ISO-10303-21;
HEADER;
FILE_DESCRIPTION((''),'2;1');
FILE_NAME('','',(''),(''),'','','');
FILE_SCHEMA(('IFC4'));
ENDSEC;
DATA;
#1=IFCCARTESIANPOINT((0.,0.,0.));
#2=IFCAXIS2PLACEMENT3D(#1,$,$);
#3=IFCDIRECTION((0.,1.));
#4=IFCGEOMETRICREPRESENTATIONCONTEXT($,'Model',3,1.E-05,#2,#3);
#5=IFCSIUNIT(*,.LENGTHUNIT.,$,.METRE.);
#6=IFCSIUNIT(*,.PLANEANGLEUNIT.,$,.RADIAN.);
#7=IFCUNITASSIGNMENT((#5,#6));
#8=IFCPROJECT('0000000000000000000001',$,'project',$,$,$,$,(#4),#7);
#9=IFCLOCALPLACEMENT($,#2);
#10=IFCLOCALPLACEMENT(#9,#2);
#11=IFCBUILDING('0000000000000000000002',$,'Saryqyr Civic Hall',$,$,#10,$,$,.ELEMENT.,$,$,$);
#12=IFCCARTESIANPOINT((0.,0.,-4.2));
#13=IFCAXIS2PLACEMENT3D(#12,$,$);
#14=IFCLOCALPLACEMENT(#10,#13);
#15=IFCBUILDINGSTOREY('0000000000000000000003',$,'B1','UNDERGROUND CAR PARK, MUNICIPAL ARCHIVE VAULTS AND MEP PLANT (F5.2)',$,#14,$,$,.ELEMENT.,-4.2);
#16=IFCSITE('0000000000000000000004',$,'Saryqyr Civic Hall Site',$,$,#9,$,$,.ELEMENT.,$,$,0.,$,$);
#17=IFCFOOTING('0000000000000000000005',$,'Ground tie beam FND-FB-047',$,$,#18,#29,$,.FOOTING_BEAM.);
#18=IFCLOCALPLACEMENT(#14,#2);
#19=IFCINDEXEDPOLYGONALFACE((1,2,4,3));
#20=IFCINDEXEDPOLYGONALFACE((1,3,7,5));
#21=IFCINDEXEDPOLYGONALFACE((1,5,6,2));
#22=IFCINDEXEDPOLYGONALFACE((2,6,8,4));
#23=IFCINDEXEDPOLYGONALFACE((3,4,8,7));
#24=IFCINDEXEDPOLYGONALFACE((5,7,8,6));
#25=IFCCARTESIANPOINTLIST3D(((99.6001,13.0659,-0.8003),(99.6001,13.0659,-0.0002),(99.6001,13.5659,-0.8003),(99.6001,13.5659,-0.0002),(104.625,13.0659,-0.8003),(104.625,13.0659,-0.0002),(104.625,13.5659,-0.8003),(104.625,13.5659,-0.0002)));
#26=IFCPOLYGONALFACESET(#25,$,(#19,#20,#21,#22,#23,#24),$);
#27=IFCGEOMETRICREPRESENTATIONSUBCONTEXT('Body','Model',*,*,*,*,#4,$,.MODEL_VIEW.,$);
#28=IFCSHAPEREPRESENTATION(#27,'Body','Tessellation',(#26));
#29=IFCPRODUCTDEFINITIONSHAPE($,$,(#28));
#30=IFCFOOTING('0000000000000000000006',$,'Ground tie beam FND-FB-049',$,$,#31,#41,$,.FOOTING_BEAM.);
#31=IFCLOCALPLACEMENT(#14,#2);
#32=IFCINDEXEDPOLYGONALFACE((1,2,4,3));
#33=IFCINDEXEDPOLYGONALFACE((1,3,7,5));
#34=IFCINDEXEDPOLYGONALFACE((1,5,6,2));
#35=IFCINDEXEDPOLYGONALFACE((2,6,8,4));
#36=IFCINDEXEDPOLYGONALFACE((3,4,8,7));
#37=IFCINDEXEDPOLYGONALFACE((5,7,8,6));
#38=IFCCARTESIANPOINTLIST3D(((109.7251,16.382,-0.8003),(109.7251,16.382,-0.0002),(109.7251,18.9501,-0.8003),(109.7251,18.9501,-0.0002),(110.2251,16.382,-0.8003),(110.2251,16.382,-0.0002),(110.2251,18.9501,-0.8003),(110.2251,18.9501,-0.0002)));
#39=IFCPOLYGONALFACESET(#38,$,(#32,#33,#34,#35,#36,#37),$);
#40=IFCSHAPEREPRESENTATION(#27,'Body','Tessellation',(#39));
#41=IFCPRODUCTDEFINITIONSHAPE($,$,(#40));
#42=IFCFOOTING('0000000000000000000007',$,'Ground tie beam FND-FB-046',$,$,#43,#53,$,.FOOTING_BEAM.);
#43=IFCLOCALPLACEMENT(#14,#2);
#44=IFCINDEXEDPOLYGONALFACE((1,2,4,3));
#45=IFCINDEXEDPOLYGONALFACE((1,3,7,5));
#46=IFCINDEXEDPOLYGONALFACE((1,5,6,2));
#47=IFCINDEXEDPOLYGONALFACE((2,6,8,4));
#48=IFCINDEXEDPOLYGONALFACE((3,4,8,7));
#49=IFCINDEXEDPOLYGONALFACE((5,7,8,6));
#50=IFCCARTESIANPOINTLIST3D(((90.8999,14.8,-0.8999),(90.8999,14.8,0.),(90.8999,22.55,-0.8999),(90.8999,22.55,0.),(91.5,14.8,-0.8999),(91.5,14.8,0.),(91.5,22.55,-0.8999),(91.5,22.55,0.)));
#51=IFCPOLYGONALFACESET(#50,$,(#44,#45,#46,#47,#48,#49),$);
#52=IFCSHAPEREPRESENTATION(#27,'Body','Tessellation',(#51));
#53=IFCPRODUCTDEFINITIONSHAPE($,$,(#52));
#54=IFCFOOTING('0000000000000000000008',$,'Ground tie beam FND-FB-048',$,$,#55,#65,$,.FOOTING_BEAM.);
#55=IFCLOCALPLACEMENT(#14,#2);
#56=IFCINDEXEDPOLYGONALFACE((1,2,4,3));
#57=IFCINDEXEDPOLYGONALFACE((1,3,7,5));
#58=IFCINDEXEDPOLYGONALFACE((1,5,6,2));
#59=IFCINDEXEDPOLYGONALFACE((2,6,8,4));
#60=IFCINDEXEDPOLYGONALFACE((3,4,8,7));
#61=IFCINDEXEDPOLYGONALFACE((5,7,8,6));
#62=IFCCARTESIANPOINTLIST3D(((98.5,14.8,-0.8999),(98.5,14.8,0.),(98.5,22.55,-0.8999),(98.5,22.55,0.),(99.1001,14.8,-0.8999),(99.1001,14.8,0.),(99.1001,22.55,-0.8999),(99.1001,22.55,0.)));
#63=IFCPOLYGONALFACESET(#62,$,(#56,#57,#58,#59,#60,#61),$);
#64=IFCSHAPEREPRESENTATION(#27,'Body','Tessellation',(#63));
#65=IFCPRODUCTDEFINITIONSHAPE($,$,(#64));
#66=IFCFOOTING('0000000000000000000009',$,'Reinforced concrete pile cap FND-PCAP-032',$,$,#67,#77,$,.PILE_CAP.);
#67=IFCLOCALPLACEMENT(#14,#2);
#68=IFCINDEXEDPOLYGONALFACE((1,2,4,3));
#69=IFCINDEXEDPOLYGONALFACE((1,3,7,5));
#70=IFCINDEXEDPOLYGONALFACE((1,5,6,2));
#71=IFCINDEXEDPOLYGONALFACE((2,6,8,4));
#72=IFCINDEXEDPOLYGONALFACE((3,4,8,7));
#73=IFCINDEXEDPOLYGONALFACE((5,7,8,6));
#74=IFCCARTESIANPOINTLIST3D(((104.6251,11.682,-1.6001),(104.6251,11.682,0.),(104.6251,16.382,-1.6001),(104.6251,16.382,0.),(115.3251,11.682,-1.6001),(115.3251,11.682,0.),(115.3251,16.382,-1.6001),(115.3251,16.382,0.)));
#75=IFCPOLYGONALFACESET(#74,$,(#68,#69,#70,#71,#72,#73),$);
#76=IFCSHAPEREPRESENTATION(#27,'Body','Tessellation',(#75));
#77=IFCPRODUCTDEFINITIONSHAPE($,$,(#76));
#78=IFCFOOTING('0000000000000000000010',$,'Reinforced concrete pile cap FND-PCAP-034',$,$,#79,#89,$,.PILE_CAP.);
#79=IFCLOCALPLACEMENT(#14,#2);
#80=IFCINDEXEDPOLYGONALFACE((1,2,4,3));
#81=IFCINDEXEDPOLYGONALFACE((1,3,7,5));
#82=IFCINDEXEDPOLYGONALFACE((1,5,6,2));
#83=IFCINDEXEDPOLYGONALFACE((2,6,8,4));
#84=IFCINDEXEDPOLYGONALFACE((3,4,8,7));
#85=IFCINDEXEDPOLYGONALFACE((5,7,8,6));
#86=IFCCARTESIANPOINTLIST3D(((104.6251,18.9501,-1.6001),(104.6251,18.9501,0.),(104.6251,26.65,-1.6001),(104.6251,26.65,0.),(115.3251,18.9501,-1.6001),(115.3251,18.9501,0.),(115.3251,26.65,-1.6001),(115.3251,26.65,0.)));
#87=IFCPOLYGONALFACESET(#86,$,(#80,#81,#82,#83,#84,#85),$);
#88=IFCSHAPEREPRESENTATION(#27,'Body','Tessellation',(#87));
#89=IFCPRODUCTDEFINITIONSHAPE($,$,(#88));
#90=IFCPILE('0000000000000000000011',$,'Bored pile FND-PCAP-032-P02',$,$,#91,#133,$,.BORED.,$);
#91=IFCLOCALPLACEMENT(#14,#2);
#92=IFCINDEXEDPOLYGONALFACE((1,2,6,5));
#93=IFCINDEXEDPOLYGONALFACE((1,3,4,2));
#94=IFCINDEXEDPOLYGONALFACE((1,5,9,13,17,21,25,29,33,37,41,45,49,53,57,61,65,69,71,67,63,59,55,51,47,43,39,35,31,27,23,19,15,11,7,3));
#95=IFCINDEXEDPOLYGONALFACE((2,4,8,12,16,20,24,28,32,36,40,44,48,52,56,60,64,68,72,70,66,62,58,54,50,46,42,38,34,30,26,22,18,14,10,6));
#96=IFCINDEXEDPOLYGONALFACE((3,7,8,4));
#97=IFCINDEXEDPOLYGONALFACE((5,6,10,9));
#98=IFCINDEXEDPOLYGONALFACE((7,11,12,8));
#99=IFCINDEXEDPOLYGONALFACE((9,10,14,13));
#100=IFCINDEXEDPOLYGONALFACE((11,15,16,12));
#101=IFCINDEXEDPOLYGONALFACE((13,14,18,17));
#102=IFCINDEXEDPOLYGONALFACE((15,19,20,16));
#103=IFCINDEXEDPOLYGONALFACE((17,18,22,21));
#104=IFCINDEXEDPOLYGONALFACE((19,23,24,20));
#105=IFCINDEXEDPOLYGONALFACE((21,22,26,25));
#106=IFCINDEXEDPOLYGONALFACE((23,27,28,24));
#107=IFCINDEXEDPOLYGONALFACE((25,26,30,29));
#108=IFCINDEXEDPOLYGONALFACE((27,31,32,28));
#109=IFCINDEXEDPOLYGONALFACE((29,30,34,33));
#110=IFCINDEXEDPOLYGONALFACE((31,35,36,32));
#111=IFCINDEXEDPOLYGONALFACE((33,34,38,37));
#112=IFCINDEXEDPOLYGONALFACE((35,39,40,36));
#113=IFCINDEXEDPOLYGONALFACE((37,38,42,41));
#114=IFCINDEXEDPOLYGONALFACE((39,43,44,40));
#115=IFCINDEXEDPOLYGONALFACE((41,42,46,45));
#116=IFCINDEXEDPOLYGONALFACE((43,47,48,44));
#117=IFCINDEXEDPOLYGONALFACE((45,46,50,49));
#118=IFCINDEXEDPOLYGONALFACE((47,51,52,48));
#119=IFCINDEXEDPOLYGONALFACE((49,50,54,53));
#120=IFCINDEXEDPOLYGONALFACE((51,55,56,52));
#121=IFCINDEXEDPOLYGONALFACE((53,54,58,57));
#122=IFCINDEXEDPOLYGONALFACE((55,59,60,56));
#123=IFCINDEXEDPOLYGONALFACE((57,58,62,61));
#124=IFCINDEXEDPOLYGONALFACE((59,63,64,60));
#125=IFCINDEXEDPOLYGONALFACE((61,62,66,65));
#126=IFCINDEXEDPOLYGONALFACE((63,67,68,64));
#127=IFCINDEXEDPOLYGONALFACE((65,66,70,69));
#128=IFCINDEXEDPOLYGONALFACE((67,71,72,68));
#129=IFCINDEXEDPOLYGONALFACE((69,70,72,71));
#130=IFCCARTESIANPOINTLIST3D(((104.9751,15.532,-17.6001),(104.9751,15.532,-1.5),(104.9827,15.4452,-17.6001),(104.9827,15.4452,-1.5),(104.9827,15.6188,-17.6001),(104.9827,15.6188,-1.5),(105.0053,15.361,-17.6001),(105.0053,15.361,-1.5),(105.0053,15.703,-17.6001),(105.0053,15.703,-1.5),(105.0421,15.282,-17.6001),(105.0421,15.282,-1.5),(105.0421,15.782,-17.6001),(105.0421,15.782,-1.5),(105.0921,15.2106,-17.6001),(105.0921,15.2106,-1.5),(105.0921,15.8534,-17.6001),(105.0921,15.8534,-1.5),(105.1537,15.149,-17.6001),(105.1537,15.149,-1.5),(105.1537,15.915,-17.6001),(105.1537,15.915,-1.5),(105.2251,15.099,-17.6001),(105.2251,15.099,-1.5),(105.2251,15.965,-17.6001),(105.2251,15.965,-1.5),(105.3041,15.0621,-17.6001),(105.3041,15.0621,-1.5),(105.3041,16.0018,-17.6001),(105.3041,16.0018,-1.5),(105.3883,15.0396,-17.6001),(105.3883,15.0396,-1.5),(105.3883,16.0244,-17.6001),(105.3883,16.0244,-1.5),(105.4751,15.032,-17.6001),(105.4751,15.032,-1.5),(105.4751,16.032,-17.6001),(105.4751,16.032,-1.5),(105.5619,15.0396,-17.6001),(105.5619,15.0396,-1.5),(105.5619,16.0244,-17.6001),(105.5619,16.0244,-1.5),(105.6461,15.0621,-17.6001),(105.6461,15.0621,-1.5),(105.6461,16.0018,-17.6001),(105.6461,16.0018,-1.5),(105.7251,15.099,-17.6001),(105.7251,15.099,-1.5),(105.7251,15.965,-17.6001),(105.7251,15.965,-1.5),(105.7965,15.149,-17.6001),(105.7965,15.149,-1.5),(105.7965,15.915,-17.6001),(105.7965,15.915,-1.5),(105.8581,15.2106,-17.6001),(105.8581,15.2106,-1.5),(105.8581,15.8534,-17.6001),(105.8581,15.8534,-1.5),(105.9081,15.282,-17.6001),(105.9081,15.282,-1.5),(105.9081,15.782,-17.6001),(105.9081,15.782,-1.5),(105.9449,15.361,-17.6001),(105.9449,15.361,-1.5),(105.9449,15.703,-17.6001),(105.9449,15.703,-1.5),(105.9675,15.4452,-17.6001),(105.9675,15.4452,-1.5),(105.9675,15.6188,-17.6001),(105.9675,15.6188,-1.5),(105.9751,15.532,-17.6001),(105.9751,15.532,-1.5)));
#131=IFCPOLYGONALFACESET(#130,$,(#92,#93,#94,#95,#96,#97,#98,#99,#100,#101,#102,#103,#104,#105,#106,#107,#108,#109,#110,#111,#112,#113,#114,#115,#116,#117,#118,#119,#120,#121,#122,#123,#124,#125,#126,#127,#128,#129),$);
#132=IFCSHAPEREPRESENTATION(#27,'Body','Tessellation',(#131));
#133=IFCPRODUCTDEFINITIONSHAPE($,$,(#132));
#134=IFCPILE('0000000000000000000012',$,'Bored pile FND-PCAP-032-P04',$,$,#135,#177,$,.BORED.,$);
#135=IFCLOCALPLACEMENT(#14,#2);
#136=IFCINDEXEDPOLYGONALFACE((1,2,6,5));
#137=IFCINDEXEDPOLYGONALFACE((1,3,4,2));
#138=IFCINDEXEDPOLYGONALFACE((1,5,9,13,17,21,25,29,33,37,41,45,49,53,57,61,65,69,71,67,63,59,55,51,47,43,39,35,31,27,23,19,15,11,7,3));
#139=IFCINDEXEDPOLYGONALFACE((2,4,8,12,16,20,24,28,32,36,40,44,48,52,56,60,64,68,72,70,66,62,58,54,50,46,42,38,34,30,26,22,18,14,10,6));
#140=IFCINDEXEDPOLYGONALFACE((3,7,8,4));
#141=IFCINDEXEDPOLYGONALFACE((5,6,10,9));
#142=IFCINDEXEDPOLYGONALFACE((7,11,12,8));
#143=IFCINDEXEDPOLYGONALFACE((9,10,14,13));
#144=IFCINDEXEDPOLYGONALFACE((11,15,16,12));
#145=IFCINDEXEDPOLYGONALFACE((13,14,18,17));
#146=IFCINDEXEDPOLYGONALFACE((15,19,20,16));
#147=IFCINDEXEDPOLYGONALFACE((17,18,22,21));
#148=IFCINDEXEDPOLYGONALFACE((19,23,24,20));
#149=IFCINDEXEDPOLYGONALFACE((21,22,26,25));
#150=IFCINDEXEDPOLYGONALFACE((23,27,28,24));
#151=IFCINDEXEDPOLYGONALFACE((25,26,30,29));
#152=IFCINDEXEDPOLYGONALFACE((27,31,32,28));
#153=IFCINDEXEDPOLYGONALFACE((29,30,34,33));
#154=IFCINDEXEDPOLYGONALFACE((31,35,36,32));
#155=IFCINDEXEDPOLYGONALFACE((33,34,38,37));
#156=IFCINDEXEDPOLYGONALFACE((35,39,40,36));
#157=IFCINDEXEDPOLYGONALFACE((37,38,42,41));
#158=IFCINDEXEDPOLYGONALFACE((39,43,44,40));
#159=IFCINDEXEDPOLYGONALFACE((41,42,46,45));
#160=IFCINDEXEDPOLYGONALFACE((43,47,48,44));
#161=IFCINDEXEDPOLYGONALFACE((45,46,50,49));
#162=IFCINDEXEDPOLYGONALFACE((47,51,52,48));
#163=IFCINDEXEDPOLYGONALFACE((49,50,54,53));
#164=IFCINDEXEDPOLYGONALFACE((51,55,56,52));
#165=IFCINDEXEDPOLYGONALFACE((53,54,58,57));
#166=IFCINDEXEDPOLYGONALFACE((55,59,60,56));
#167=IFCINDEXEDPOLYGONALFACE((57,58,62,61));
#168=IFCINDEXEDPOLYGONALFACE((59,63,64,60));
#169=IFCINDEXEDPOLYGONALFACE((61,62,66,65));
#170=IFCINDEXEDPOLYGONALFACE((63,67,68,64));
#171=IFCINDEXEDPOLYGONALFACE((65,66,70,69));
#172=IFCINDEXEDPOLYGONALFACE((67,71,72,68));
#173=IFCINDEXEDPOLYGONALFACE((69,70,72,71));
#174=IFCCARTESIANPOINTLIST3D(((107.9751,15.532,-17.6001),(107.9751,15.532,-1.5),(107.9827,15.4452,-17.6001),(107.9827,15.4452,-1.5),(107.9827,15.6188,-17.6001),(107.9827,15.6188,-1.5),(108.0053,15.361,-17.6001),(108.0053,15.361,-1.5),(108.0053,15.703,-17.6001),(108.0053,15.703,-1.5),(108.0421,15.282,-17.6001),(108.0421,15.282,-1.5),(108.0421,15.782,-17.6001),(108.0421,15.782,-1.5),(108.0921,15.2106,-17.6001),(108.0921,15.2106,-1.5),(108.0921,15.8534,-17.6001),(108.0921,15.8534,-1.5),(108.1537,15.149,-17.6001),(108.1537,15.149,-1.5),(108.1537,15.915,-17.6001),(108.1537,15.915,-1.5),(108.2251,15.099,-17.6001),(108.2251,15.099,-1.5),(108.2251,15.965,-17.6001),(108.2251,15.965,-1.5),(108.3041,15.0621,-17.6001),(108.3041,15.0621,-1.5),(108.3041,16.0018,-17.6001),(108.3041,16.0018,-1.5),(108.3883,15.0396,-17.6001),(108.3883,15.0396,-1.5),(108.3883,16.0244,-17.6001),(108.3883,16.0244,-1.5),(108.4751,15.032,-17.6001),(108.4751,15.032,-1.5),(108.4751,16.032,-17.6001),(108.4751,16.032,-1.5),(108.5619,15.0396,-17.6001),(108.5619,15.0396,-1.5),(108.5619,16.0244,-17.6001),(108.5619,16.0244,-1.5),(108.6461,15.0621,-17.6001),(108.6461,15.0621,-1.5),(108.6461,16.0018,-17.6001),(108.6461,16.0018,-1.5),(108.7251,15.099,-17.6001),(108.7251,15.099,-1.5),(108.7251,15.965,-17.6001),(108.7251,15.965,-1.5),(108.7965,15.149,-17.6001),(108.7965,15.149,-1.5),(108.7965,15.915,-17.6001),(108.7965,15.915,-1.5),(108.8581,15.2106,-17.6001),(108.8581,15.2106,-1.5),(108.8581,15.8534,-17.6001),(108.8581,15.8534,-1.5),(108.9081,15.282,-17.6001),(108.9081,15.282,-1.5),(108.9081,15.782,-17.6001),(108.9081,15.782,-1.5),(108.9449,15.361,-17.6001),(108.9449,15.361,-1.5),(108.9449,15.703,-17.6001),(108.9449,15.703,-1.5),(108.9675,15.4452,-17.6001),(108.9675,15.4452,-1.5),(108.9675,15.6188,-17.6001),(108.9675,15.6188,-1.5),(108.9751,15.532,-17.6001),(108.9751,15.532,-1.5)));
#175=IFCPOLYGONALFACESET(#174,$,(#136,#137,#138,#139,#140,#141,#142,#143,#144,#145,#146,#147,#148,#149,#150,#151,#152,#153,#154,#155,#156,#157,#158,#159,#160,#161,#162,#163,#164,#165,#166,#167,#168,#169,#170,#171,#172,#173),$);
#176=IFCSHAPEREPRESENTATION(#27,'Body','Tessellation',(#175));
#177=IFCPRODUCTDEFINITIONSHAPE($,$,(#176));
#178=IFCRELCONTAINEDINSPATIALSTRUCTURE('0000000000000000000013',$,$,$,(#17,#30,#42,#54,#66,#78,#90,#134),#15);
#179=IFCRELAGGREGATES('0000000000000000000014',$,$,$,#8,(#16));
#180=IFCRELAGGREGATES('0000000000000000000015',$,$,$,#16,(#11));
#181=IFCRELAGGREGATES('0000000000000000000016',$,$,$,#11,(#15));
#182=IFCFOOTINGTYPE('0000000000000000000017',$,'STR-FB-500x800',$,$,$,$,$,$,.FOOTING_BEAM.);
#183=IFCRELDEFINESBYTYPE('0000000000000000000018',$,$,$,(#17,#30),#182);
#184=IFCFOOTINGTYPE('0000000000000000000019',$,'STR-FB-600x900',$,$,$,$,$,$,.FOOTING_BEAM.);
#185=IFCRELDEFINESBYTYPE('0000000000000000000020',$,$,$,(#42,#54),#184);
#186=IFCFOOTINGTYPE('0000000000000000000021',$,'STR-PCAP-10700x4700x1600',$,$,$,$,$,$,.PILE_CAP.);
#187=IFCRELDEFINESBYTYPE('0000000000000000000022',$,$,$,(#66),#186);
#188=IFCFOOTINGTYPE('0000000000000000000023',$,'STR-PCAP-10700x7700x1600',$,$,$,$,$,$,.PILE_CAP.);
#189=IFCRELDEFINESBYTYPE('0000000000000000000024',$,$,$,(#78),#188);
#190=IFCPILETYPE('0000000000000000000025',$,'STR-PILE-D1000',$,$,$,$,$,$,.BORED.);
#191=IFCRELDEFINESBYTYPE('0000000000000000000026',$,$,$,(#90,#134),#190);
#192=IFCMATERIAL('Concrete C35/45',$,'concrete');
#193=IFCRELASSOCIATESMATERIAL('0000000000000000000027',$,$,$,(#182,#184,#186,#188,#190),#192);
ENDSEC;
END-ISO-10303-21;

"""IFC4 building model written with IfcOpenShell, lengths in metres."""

from ifc_helpers import new_model, si_unit, direction, frame, origin, origin_2d, place, context, subcontext, project, spatial, rectangle, circle, extrude, material, material_profile, profile_set, type_object, element, save


model = new_model("IFC4")

# Units and contexts
model_context = context("Model", 3, precision=1e-05, world=origin(), true_north=direction((0.0, 1.0)))
body_context = subcontext(model_context, "Body", "Model", "MODEL_VIEW")
ifc_project = project(units=[si_unit("LENGTHUNIT", "METRE"), si_unit("PLANEANGLEUNIT", "RADIAN")], contexts=[model_context])

# Site, building, storey
site_placement = place(None, origin())
site = spatial("IfcSite", under=ifc_project, at=site_placement, Name="Saryqyr Civic Hall Site", CompositionType="ELEMENT", RefElevation=0.0)
building_placement = place(site_placement, origin())
building = spatial("IfcBuilding", under=site, at=building_placement, Name="Saryqyr Civic Hall", CompositionType="ELEMENT")
storey_placement = place(building_placement, frame((0.0, 0.0, -4.2)))
storey = spatial("IfcBuildingStorey", under=building, at=storey_placement, Name="B1", Description="UNDERGROUND CAR PARK, MUNICIPAL ARCHIVE VAULTS AND MEP PLANT (F5.2)", CompositionType="ELEMENT", Elevation=-4.2)

# Footings
ifc_material_1 = material(Name="Concrete C35/45", Category="concrete")
footing_type_1 = type_object("IfcFootingType", Name="STR-FB-500x800", PredefinedType="FOOTING_BEAM", material=ifc_material_1)
footing_1_placement = place(storey_placement, frame((102.1125, 13.3159, -0.8003), z_axis=(0.0, 0.0, 1.0), x_axis=(1.0, 0.0, 0.0)))
element("IfcFooting", 1, at=footing_1_placement, inside=storey, type_object=footing_type_1, Name="Ground tie beam FND-FB-047", PredefinedType="FOOTING_BEAM", context=body_context, shape_type="SweptSolid", body=[
    extrude(rectangle(XDim=5.0249, YDim=0.5, at=origin_2d()), origin(), (0.0, 0.0, 1.0), 0.8),
])
footing_2_placement = place(storey_placement, frame((109.9751, 17.666, -0.8003), z_axis=(0.0, 0.0, 1.0), x_axis=(1.0, 0.0, 0.0)))
element("IfcFooting", 2, at=footing_2_placement, inside=storey, type_object=footing_type_1, Name="Ground tie beam FND-FB-049", PredefinedType="FOOTING_BEAM", context=body_context, shape_type="SweptSolid", body=[
    extrude(rectangle(XDim=0.5, YDim=2.5681, at=origin_2d()), origin(), (0.0, 0.0, 1.0), 0.8),
])
footing_type_2 = type_object("IfcFootingType", Name="STR-FB-600x900", PredefinedType="FOOTING_BEAM", material=ifc_material_1)
for number, where, z_axis, x_axis, name in (
    (3, (91.2, 18.675, -0.8999), (0.0, 0.0, 1.0), (1.0, 0.0, 0.0), "Ground tie beam FND-FB-046"),
    (4, (98.8, 18.675, -0.8999), (0.0, 0.0, 1.0), (1.0, 0.0, 0.0), "Ground tie beam FND-FB-048"),
):
    element("IfcFooting", number, at=place(storey_placement, frame(where, z_axis=z_axis, x_axis=x_axis)), inside=storey, type_object=footing_type_2, Name=name, PredefinedType="FOOTING_BEAM", context=body_context, shape_type="SweptSolid", body=[
        extrude(rectangle(XDim=0.6001, YDim=7.75, at=origin_2d()), origin(), (0.0, 0.0, 1.0), 0.8999),
    ])
footing_type_3 = type_object("IfcFootingType", Name="STR-PCAP-10700x4700x1600", PredefinedType="PILE_CAP", material=ifc_material_1)
footing_3_placement = place(storey_placement, frame((109.9751, 14.032, -1.6001), z_axis=(0.0, 0.0, 1.0), x_axis=(1.0, 0.0, 0.0)))
element("IfcFooting", 5, at=footing_3_placement, inside=storey, type_object=footing_type_3, Name="Reinforced concrete pile cap FND-PCAP-032", PredefinedType="PILE_CAP", context=body_context, shape_type="SweptSolid", body=[
    extrude(rectangle(XDim=10.7, YDim=4.7, at=origin_2d()), origin(), (0.0, 0.0, 1.0), 1.6001),
])
footing_type_4 = type_object("IfcFootingType", Name="STR-PCAP-10700x7700x1600", PredefinedType="PILE_CAP", material=ifc_material_1)
footing_4_placement = place(storey_placement, frame((109.9751, 22.8, -1.6001), z_axis=(0.0, 0.0, 1.0), x_axis=(1.0, 0.0, 0.0)))
element("IfcFooting", 6, at=footing_4_placement, inside=storey, type_object=footing_type_4, Name="Reinforced concrete pile cap FND-PCAP-034", PredefinedType="PILE_CAP", context=body_context, shape_type="SweptSolid", body=[
    extrude(rectangle(XDim=10.7, YDim=7.7, at=origin_2d()), origin(), (0.0, 0.0, 1.0), 1.6001),
])

# Piles
ifc_material_profile_1 = material_profile(ifc_material_1, circle(Radius=0.5, at=origin_2d()), Name="BORED PILE D1000")
ifc_profile_set_1 = profile_set([ifc_material_profile_1], Name="Concrete C35/45")
pile_type_1 = type_object("IfcPileType", Name="STR-PILE-D1000", PredefinedType="BORED", material=ifc_profile_set_1)
for number, where, z_axis, x_axis, name in (
    (7, (105.4751, 15.532, -1.5), (0.0, 0.0, -1.0), (1.0, 0.0, 0.0), "Bored pile FND-PCAP-032-P02"),
    (8, (108.4751, 15.532, -1.5), (0.0, 0.0, -1.0), (1.0, 0.0, 0.0), "Bored pile FND-PCAP-032-P04"),
):
    element("IfcPile", number, at=place(storey_placement, frame(where, z_axis=z_axis, x_axis=x_axis)), inside=storey, type_object=pile_type_1, Name=name, PredefinedType="BORED", context=body_context, shape_type="SweptSolid", body=[
        extrude(circle(Radius=0.5, at=origin_2d()), origin(), (0.0, 0.0, 1.0), 16.1001),
    ])

save(model, "model.ifc")
